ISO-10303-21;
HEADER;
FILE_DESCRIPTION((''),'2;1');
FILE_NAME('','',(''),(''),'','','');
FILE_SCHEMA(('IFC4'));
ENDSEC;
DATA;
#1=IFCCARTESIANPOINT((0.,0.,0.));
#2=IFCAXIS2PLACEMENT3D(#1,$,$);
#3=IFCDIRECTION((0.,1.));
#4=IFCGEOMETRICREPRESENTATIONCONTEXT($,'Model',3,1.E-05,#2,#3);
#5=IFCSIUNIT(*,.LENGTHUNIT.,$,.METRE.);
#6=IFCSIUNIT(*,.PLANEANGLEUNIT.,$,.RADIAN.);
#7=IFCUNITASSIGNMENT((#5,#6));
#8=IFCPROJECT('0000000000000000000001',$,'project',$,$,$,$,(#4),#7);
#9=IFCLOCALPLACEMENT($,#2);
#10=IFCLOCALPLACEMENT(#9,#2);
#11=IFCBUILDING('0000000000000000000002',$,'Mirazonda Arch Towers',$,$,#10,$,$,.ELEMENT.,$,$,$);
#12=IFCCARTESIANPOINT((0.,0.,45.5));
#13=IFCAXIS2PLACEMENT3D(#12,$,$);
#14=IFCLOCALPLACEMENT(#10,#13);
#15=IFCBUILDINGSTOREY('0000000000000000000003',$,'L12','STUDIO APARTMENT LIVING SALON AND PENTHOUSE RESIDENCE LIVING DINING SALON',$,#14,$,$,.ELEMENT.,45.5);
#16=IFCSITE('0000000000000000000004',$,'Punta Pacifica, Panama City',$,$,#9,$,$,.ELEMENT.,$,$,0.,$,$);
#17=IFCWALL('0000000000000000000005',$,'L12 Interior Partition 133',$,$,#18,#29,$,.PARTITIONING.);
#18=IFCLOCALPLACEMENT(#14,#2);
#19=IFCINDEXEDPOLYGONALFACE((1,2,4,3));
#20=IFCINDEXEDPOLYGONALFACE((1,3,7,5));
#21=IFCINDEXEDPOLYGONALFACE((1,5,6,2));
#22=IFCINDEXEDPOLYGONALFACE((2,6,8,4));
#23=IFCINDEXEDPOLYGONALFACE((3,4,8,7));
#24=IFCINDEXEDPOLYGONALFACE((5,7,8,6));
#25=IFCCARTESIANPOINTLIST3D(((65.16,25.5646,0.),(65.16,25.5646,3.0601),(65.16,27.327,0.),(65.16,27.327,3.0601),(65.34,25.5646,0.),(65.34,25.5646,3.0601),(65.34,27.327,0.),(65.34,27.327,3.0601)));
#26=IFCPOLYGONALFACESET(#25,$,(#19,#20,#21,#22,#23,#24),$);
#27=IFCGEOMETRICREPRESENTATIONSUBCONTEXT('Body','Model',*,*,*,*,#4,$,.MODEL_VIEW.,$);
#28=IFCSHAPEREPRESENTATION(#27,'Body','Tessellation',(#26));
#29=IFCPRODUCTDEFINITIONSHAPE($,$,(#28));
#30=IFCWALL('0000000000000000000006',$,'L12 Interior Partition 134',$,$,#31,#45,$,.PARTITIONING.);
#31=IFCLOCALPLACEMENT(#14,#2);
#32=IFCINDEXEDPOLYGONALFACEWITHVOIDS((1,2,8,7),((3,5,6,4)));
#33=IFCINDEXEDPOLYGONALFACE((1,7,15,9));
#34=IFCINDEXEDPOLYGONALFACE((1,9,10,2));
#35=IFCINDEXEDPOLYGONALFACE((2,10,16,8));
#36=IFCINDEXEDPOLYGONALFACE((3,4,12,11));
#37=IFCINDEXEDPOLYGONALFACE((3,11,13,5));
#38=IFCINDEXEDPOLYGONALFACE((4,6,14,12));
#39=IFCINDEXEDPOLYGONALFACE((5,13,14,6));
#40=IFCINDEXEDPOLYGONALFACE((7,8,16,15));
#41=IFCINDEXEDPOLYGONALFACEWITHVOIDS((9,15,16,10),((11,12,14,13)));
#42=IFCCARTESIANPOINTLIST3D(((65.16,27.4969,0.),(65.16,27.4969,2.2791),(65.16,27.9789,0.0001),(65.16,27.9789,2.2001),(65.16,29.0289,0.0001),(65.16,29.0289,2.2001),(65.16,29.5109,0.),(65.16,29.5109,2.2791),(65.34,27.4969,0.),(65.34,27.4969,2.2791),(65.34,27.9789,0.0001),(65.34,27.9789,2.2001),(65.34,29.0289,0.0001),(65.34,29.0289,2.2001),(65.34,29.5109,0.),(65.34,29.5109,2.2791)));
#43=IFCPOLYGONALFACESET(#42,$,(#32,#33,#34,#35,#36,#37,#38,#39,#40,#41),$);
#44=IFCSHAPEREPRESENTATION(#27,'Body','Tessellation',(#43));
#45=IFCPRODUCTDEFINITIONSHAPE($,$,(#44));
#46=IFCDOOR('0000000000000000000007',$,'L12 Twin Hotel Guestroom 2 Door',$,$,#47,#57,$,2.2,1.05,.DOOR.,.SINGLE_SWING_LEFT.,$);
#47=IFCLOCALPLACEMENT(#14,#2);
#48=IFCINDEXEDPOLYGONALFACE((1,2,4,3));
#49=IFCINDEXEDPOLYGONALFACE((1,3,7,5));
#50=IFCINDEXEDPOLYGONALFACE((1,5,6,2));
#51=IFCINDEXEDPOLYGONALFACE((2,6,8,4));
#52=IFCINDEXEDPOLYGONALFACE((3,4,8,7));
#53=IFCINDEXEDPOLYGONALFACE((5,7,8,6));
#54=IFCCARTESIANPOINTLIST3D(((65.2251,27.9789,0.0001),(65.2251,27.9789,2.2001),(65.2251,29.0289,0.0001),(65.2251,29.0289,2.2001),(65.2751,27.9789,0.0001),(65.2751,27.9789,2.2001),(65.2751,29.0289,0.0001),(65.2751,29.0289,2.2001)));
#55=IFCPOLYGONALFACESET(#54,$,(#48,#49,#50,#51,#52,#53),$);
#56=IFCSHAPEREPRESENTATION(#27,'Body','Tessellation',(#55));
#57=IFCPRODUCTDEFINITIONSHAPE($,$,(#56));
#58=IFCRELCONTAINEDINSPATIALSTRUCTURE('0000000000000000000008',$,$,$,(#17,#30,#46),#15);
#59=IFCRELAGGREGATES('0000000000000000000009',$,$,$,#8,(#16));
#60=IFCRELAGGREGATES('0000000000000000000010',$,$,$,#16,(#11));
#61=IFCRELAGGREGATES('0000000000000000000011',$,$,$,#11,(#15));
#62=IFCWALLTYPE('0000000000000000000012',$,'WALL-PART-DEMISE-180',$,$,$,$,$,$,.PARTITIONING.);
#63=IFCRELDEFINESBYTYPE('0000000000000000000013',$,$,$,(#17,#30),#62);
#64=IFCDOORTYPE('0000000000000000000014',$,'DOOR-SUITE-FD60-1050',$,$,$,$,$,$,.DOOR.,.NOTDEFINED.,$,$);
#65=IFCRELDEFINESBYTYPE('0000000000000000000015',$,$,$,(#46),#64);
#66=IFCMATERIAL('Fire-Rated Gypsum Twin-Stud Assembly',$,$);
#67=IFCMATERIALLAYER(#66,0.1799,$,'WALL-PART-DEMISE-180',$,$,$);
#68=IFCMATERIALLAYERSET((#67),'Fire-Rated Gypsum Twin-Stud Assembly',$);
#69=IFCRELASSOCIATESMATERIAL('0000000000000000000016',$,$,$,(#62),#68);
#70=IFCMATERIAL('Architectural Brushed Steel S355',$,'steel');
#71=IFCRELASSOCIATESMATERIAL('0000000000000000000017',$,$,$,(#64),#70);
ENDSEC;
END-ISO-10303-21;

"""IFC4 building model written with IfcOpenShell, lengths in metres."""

from ifc_helpers import new_model, si_unit, direction, frame, frame_2d, origin, place, context, subcontext, project, spatial, rectangle, extrude, material, layer, layer_set, type_object, element, fill, save


model = new_model("IFC4")

# Units and contexts
model_context = context("Model", 3, precision=1e-05, world=origin(), true_north=direction((0.0, 1.0)))
body_context = subcontext(model_context, "Body", "Model", "MODEL_VIEW")
ifc_project = project(units=[si_unit("LENGTHUNIT", "METRE"), si_unit("PLANEANGLEUNIT", "RADIAN")], contexts=[model_context])

# Site, building, storey
site_placement = place(None, origin())
site = spatial("IfcSite", under=ifc_project, at=site_placement, Name="Punta Pacifica, Panama City", CompositionType="ELEMENT", RefElevation=0.0)
building_placement = place(site_placement, origin())
building = spatial("IfcBuilding", under=site, at=building_placement, Name="Mirazonda Arch Towers", CompositionType="ELEMENT")
storey_placement = place(building_placement, frame((0.0, 0.0, 45.5)))
storey = spatial("IfcBuildingStorey", under=building, at=storey_placement, Name="L12", Description="STUDIO APARTMENT LIVING SALON AND PENTHOUSE RESIDENCE LIVING DINING SALON", CompositionType="ELEMENT", Elevation=45.5)

# Shared definitions
ifc_material_1 = material(Name="Architectural Brushed Steel S355", Category="steel")

# Shared definitions
ifc_material_2 = material(Name="Fire-Rated Gypsum Twin-Stud Assembly")
ifc_layer_1 = layer(ifc_material_2, 0.1799, Name="WALL-PART-DEMISE-180")
ifc_layer_set_1 = layer_set([ifc_layer_1], Name="Fire-Rated Gypsum Twin-Stud Assembly")
wall_type_1 = type_object("IfcWallType", Name="WALL-PART-DEMISE-180", PredefinedType="PARTITIONING", material=ifc_layer_set_1)
door_type_1 = type_object("IfcDoorType", Name="DOOR-SUITE-FD60-1050", OperationType="NOTDEFINED", PredefinedType="DOOR", material=ifc_material_1)

# Wall
wall_1_placement = place(storey_placement, frame((65.25, 25.5645, 0.0), z_axis=(0.0, 0.0, 1.0), x_axis=(0.0, 1.0, 0.0)))
element("IfcWall", 1, at=wall_1_placement, inside=storey, type_object=wall_type_1, Name="L12 Interior Partition 133", PredefinedType="PARTITIONING", context=body_context, shape_type="SweptSolid", body=[
    extrude(rectangle(XDim=1.7625, YDim=0.1799, at=frame_2d((0.8813, 0.0))), origin(), (0.0, 0.0, 1.0), 3.0601),
])

# Wall, opening, door
wall_2_placement = place(storey_placement, frame((65.25, 27.4971, 0.0), z_axis=(0.0, 0.0, 1.0), x_axis=(0.0, 1.0, 0.0)))
wall_2 = element("IfcWall", 2, at=wall_2_placement, inside=storey, type_object=wall_type_1, Name="L12 Interior Partition 134", PredefinedType="PARTITIONING", context=body_context, shape_type="SweptSolid", body=[
    extrude(rectangle(XDim=2.0139, YDim=0.1799, at=frame_2d((1.0068, 0.0))), origin(), (0.0, 0.0, 1.0), 2.2791),
])
opening_1_placement = place(wall_2_placement, frame((0.4819, 0.0, 0.0)))
opening_1 = element("IfcOpeningElement", 3, at=opening_1_placement, cuts=wall_2, PredefinedType="OPENING", context=body_context, shape_type="SweptSolid", body=[
    extrude(rectangle(XDim=1.05, YDim=2.2, at=frame_2d((0.5249, 1.1001))), frame((0.0, 0.0999, 0.0), z_axis=(0.0, -1.0, 0.0), x_axis=(1.0, 0.0, 0.0)), (0.0, 0.0, 1.0), 0.2),
])
door_1_placement = place(opening_1_placement, origin())
door_1 = element("IfcDoor", 4, at=door_1_placement, inside=storey, type_object=door_type_1, Name="L12 Twin Hotel Guestroom 2 Door", OperationType="SINGLE_SWING_LEFT", OverallHeight=2.2, OverallWidth=1.05, PredefinedType="DOOR", context=body_context, shape_type="SweptSolid", body=[
    extrude(rectangle(XDim=1.05, YDim=2.2, at=frame_2d((0.5249, 1.1001))), frame((0.0, 0.0249, 0.0), z_axis=(0.0, -1.0, 0.0), x_axis=(1.0, 0.0, 0.0)), (0.0, 0.0, 1.0), 0.05),
])
fill(opening_1, door_1)

save(model, "model.ifc")
